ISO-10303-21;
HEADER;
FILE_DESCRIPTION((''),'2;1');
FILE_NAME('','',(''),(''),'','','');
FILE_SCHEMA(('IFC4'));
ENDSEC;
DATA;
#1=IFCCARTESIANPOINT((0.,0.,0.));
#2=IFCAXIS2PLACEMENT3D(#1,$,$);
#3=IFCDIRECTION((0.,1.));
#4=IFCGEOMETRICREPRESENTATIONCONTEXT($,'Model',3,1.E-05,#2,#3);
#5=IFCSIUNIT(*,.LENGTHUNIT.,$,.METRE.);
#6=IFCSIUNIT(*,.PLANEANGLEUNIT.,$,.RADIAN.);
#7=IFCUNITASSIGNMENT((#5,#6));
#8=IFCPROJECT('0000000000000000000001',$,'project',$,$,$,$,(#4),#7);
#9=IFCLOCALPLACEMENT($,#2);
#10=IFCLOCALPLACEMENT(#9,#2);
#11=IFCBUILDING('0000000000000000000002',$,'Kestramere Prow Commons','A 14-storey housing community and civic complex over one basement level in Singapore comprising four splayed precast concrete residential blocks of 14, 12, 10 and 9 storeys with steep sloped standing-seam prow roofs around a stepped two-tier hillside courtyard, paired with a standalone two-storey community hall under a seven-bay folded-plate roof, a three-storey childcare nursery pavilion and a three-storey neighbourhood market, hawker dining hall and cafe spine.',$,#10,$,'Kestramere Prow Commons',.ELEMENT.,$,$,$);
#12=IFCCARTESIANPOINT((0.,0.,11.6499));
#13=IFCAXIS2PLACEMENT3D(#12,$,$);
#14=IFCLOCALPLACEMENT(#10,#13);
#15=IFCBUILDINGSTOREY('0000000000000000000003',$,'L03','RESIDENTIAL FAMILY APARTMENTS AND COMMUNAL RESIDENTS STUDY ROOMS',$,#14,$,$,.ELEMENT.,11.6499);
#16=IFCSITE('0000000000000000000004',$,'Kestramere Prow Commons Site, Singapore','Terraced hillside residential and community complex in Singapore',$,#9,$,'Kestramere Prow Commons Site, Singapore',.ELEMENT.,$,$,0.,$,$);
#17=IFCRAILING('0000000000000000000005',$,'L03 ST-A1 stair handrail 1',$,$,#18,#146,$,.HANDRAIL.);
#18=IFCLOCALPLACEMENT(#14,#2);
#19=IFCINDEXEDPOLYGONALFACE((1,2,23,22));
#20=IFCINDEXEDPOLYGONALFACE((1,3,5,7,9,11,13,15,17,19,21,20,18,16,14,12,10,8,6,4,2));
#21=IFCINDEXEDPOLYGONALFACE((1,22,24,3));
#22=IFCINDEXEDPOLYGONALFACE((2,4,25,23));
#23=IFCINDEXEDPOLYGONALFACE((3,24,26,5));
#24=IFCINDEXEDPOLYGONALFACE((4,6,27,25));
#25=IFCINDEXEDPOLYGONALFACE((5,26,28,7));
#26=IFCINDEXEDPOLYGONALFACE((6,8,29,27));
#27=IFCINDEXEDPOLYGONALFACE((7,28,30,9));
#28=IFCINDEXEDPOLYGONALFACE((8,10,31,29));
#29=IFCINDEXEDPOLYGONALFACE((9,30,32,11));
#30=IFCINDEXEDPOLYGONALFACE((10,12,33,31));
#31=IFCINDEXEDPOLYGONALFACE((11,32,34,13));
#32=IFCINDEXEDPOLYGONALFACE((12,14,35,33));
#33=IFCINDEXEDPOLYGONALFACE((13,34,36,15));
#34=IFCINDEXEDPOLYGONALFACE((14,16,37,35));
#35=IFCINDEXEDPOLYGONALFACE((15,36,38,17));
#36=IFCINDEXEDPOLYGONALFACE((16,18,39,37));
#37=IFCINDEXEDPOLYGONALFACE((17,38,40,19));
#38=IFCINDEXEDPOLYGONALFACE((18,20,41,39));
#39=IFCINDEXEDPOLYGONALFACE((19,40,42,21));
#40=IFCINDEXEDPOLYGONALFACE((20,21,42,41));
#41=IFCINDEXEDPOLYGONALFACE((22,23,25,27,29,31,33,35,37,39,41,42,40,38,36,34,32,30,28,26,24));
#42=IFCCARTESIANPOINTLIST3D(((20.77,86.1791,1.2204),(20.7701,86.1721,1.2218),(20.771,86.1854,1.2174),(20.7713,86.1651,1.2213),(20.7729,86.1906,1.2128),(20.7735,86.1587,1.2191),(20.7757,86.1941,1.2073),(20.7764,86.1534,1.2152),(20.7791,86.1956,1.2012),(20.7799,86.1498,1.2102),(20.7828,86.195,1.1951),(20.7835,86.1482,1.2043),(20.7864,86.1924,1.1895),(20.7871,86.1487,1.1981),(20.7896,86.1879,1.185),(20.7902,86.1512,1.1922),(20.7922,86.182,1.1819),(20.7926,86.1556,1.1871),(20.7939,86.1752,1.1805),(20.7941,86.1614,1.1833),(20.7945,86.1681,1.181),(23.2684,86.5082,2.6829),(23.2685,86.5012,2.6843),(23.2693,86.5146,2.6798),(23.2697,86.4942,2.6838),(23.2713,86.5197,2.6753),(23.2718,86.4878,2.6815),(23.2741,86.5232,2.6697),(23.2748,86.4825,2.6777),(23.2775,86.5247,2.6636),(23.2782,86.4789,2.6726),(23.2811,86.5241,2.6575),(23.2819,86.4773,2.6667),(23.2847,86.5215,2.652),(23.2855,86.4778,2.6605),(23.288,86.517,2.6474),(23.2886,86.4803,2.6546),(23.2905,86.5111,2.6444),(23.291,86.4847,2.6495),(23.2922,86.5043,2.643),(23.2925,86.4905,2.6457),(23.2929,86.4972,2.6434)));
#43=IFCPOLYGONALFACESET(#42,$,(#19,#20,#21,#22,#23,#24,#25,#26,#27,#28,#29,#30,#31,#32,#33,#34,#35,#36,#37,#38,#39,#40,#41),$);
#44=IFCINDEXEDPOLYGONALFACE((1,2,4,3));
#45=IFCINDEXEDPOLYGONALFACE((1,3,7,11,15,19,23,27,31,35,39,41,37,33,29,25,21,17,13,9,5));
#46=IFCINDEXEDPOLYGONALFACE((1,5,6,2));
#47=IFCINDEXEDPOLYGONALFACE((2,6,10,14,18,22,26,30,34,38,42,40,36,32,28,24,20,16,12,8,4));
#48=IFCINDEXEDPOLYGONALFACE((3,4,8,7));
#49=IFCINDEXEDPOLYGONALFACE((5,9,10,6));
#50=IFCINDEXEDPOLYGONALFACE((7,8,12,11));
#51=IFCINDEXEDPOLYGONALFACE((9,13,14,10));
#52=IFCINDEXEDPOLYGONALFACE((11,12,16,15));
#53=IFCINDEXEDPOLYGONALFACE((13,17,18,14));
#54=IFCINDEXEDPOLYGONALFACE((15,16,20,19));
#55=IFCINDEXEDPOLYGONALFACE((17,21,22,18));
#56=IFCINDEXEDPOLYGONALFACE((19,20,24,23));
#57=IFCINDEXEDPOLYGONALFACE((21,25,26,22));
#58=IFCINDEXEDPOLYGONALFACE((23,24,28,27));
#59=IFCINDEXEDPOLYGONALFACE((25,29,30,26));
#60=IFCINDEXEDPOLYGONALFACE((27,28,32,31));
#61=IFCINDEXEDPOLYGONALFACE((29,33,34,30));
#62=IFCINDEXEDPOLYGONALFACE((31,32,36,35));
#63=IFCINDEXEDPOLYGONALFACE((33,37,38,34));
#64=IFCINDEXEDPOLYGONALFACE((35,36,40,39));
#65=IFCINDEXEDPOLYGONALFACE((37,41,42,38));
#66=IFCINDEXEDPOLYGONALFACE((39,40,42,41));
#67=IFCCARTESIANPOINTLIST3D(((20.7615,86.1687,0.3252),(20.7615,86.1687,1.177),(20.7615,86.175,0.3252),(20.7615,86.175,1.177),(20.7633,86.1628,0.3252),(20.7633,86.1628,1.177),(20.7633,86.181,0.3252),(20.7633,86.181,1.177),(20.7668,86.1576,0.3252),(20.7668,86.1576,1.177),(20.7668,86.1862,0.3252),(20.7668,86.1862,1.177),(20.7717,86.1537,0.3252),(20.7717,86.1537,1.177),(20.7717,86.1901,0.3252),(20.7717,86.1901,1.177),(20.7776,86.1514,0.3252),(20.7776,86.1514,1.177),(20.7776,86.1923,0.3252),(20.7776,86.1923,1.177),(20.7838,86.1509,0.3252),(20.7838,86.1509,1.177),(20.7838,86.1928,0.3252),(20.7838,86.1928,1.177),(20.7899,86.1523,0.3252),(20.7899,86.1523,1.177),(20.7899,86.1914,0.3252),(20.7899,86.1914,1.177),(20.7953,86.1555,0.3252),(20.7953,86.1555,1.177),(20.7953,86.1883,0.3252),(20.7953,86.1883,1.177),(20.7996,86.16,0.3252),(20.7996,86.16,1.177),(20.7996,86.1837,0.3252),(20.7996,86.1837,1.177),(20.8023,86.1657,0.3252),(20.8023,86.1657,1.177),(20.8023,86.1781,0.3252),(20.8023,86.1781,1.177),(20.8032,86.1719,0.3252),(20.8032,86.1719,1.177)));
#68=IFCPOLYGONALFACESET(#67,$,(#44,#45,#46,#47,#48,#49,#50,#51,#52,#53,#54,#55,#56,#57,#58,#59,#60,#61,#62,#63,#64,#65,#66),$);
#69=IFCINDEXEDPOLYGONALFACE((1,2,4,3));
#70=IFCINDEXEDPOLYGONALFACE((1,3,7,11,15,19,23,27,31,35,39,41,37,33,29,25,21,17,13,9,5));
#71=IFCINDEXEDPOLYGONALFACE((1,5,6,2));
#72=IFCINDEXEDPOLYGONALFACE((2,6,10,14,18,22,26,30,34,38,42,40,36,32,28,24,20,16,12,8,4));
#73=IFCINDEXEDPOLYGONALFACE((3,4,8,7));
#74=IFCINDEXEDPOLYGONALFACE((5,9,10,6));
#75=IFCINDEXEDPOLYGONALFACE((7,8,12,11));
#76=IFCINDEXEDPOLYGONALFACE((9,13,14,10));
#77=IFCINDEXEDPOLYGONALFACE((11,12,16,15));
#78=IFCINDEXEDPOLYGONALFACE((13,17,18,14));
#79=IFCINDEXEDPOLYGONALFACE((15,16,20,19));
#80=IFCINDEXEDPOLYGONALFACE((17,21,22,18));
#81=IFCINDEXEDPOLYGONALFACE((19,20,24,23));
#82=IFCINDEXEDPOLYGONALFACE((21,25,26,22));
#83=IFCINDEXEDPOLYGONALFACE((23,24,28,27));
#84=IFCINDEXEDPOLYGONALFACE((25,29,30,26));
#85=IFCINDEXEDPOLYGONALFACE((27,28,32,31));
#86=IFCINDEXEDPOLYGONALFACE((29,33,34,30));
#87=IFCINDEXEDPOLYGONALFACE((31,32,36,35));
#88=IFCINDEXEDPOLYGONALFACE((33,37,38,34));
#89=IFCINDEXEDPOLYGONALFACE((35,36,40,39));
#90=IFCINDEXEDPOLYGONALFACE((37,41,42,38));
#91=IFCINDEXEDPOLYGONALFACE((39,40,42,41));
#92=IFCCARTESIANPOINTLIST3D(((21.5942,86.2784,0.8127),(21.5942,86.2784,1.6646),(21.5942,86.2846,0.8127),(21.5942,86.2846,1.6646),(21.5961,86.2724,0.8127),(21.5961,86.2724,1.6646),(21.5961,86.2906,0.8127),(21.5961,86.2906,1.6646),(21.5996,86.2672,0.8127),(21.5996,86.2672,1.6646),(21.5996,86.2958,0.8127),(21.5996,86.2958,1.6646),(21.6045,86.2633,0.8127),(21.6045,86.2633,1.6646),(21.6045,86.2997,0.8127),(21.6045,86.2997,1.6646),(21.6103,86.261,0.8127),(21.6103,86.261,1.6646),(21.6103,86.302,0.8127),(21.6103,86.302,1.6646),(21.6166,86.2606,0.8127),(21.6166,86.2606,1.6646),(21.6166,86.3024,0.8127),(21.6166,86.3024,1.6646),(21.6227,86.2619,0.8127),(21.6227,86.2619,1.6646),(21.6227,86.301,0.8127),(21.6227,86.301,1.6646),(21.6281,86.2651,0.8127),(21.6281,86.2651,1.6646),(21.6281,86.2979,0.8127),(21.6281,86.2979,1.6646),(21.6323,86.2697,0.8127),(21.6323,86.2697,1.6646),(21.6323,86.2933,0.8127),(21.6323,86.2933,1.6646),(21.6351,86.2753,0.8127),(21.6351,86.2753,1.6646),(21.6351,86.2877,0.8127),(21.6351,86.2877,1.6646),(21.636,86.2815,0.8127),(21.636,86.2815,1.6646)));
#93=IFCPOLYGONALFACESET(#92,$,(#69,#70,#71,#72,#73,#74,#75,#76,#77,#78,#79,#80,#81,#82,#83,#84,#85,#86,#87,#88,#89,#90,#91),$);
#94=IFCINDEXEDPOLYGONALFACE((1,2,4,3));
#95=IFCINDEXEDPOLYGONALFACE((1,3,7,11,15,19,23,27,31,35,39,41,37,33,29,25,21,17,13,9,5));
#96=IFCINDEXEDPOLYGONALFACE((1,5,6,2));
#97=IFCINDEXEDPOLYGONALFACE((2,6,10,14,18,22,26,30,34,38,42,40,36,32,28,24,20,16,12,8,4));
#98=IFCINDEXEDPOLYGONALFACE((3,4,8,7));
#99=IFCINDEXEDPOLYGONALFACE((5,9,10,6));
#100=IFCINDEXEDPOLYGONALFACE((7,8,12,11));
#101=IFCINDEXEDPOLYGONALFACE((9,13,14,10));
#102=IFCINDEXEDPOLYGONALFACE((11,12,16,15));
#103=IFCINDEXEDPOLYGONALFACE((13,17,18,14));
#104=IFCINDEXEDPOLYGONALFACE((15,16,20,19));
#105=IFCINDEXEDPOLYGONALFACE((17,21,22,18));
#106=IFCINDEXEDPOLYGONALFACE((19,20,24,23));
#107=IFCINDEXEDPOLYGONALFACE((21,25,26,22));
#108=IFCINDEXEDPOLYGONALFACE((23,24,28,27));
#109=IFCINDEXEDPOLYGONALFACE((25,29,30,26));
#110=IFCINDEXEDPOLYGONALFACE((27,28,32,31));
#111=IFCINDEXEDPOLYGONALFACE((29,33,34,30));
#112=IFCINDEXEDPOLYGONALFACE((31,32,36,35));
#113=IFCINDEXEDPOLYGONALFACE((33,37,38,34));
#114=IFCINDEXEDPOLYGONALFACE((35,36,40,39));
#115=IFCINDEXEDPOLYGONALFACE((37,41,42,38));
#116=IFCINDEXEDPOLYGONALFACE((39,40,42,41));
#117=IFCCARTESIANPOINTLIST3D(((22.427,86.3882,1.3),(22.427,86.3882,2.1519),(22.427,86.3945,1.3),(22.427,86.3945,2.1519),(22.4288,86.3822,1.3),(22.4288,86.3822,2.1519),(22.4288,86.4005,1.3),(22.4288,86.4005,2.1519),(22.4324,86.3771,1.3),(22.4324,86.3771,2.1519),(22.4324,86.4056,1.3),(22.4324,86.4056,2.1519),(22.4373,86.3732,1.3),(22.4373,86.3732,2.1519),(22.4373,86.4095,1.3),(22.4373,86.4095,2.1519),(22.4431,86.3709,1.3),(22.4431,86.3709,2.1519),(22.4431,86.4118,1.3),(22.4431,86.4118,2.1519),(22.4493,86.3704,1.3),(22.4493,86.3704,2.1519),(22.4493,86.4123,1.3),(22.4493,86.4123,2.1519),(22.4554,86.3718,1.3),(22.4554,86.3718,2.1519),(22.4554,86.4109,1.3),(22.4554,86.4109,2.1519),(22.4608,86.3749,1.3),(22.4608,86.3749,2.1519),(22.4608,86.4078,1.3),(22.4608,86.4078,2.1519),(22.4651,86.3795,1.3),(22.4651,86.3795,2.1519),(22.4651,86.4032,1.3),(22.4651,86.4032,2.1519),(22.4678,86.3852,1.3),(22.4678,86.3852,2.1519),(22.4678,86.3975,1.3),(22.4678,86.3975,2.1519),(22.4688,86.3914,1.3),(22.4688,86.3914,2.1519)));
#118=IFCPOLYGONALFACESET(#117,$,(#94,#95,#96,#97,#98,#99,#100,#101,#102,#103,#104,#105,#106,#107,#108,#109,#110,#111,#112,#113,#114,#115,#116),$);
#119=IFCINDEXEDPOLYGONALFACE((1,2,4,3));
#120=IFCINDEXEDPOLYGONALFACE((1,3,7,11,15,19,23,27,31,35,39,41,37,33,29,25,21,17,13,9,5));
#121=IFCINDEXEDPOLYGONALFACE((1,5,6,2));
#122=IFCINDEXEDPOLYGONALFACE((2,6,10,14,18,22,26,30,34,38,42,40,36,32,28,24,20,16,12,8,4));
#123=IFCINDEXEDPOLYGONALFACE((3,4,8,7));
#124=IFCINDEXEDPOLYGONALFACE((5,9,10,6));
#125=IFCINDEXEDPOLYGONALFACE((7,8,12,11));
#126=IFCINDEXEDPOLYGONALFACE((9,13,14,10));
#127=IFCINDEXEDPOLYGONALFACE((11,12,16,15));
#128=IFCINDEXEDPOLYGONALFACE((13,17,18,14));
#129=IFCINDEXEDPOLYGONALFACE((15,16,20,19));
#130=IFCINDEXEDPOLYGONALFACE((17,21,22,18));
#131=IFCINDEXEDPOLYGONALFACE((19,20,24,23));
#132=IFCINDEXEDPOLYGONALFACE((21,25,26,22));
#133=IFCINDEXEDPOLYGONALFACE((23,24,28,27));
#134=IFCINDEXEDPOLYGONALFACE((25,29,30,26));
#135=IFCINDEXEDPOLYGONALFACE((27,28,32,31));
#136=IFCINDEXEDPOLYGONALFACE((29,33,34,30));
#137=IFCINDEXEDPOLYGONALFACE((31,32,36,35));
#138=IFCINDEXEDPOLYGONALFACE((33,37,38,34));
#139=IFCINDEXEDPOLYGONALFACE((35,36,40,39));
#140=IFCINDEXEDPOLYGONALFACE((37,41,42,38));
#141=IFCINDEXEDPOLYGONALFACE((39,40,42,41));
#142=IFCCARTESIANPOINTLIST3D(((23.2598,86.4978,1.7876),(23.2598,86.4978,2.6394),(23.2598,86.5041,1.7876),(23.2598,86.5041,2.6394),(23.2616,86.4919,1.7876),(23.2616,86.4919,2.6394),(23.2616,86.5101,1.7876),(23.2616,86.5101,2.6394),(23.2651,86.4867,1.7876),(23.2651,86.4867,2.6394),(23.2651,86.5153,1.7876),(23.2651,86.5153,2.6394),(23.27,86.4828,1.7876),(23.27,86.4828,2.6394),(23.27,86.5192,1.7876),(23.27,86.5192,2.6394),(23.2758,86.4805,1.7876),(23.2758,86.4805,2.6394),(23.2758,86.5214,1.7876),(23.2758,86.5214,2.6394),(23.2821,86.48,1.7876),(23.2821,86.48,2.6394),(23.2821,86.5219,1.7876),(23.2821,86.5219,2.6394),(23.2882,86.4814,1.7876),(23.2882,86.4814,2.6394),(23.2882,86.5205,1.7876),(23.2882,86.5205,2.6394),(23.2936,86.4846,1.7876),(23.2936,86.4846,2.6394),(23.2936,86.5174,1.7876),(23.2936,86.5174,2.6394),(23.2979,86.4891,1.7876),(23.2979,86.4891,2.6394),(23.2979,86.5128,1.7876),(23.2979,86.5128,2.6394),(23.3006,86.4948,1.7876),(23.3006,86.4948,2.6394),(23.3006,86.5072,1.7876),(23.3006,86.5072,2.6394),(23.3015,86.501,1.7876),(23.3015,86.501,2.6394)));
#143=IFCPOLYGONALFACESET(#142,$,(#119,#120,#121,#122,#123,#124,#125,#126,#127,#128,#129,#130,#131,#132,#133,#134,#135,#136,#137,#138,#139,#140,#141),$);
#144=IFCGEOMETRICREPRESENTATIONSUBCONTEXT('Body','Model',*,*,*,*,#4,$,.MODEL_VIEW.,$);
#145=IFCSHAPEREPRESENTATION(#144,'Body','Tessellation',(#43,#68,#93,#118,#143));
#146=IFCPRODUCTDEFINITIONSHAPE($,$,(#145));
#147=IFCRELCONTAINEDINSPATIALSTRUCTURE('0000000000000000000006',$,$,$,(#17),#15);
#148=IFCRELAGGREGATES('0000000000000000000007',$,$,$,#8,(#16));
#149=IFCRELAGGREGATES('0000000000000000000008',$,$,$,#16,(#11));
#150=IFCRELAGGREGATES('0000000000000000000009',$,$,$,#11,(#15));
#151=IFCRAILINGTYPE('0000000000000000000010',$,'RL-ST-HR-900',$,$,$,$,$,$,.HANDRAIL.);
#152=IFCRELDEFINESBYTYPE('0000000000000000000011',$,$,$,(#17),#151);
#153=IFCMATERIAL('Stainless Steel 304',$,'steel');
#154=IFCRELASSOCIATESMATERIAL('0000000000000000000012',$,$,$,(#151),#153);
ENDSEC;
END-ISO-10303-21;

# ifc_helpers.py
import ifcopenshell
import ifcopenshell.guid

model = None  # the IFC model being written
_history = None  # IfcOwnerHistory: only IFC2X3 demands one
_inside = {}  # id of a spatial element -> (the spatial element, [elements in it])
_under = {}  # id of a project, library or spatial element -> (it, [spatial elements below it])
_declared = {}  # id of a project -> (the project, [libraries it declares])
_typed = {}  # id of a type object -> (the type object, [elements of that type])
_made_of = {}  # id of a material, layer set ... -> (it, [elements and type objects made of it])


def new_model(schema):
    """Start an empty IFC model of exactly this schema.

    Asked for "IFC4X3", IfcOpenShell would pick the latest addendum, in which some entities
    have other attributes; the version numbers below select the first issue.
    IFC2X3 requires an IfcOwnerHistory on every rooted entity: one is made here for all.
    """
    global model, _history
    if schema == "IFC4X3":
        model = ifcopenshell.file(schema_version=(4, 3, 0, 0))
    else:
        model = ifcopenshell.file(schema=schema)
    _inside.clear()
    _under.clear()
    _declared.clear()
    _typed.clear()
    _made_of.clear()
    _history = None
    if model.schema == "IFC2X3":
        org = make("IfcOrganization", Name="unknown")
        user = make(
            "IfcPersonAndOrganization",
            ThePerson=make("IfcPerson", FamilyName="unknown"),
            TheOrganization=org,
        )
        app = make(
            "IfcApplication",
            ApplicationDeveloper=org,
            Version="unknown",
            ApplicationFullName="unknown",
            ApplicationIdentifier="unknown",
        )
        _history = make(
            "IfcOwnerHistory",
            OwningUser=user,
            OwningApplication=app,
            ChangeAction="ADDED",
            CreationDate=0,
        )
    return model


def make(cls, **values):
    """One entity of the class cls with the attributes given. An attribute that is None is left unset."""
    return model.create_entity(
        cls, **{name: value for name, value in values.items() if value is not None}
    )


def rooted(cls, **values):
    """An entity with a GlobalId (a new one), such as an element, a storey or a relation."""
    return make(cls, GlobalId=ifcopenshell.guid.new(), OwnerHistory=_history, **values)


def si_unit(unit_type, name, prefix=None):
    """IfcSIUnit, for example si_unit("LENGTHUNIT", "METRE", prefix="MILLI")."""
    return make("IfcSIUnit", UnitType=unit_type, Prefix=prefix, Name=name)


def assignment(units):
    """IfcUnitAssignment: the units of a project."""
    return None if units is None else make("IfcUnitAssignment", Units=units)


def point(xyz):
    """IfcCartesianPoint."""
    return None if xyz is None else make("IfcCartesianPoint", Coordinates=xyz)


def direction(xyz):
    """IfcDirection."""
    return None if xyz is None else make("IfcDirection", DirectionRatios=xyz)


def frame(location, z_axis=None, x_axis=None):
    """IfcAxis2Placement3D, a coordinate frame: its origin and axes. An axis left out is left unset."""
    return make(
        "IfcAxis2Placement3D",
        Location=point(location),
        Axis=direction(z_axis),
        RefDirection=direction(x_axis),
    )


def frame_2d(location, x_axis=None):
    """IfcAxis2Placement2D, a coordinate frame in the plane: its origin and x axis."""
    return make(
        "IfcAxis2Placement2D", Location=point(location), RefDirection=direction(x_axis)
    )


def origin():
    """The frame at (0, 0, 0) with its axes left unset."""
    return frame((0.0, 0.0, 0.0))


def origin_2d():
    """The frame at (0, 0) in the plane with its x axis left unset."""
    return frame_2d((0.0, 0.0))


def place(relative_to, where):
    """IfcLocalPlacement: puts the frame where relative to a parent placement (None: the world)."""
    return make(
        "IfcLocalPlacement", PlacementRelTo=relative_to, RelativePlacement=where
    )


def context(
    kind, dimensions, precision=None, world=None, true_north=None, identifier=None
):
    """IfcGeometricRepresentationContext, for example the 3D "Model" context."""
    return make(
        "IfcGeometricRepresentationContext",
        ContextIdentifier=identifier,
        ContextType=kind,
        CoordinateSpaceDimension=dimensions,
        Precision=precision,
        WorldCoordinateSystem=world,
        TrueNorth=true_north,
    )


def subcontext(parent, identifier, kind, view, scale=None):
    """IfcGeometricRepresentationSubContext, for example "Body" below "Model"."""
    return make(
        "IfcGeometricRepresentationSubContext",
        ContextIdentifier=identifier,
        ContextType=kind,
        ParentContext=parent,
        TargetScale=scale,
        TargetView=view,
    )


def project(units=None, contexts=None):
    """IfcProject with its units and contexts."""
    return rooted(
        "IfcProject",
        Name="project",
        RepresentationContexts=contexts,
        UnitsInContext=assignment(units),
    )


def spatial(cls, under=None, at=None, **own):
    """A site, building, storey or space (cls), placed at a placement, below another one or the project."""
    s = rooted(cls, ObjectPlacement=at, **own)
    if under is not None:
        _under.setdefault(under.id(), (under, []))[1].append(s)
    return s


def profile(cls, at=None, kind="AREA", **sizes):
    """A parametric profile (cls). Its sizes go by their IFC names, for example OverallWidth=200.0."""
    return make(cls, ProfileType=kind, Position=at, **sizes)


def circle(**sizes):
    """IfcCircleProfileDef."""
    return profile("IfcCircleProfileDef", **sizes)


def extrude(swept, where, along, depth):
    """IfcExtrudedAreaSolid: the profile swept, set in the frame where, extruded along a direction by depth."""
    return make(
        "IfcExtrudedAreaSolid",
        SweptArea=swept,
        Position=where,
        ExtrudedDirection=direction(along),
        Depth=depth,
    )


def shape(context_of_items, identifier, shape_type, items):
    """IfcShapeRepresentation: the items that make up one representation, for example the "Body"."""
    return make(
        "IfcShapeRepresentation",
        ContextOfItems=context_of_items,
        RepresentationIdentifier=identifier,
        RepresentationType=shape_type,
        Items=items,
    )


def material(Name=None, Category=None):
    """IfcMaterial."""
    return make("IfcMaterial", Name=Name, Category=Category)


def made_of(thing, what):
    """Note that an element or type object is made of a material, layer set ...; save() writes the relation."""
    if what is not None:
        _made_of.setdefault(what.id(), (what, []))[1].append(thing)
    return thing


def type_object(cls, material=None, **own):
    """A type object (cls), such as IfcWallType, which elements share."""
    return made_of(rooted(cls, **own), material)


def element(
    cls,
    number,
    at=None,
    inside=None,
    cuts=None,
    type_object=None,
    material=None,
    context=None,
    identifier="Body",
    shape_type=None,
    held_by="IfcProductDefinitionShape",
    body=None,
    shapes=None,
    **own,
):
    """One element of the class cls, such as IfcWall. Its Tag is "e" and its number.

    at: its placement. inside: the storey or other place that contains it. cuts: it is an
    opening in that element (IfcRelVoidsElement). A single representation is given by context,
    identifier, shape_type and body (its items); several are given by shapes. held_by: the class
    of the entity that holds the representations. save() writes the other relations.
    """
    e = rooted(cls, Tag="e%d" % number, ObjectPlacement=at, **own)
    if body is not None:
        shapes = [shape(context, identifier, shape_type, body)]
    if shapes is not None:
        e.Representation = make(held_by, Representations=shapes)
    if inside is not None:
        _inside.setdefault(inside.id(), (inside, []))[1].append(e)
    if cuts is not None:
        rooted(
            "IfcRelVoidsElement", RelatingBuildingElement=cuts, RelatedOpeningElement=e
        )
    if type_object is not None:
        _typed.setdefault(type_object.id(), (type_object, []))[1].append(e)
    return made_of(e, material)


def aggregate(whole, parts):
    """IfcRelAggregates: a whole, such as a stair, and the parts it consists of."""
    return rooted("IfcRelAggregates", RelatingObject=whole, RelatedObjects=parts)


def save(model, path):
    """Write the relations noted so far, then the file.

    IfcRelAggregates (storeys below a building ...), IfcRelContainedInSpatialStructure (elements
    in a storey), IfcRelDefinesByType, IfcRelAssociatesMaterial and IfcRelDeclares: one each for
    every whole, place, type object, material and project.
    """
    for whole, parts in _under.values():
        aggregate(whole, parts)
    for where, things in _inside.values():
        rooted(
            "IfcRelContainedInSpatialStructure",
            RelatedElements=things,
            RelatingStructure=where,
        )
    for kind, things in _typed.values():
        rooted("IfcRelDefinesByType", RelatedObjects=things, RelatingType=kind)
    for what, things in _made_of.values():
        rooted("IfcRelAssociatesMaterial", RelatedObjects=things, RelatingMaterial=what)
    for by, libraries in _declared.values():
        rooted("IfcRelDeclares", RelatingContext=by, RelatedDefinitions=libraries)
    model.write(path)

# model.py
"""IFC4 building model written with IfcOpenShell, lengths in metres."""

from ifc_helpers import new_model, si_unit, direction, frame, origin, origin_2d, place, context, subcontext, project, spatial, circle, extrude, material, type_object, element, save


model = new_model("IFC4")

# Units and contexts
model_context = context("Model", 3, precision=1e-05, world=origin(), true_north=direction((0.0, 1.0)))
body_context = subcontext(model_context, "Body", "Model", "MODEL_VIEW")
ifc_project = project(units=[si_unit("LENGTHUNIT", "METRE"), si_unit("PLANEANGLEUNIT", "RADIAN")], contexts=[model_context])

# Site, building, storey
site_placement = place(None, origin())
site = spatial("IfcSite", under=ifc_project, at=site_placement, Name="Kestramere Prow Commons Site, Singapore", Description="Terraced hillside residential and community complex in Singapore", LongName="Kestramere Prow Commons Site, Singapore", CompositionType="ELEMENT", RefElevation=0.0)
building_placement = place(site_placement, origin())
building = spatial("IfcBuilding", under=site, at=building_placement, Name="Kestramere Prow Commons", Description="A 14-storey housing community and civic complex over one basement level in Singapore comprising four splayed precast concrete residential blocks of 14, 12, 10 and 9 storeys with steep sloped standing-seam prow roofs around a stepped two-tier hillside courtyard, paired with a standalone two-storey community hall under a seven-bay folded-plate roof, a three-storey childcare nursery pavilion and a three-storey neighbourhood market, hawker dining hall and cafe spine.", LongName="Kestramere Prow Commons", CompositionType="ELEMENT")
storey_placement = place(building_placement, frame((0.0, 0.0, 11.6499)))
storey = spatial("IfcBuildingStorey", under=building, at=storey_placement, Name="L03", Description="RESIDENTIAL FAMILY APARTMENTS AND COMMUNAL RESIDENTS STUDY ROOMS", CompositionType="ELEMENT", Elevation=11.6499)

# Railing
ifc_material_1 = material(Name="Stainless Steel 304", Category="steel")
railing_type_1 = type_object("IfcRailingType", Name="RL-ST-HR-900", PredefinedType="HANDRAIL", material=ifc_material_1)
railing_1_placement = place(storey_placement, frame((20.7822, 86.1719, 0.3252)))
element("IfcRailing", 1, at=railing_1_placement, inside=storey, type_object=railing_type_1, Name="L03 ST-A1 stair handrail 1", PredefinedType="HANDRAIL", context=body_context, shape_type="SweptSolid", body=[
    extrude(circle(Radius=0.0239, at=origin_2d()), frame((0.0, 0.0, 0.876), z_axis=(0.857493, 0.112958, 0.501943), x_axis=(-0.130602, 0.991435, 0.0)), (0.0, 0.0, 1.0), 2.9136),
    extrude(circle(Radius=0.021, at=origin_2d()), origin(), (0.0, 0.0, 1.0), 0.8518),
    extrude(circle(Radius=0.021, at=origin_2d()), frame((0.8328, 0.1096, 0.4875)), (0.0, 0.0, 1.0), 0.8518),
    extrude(circle(Radius=0.021, at=origin_2d()), frame((1.6655, 0.2195, 0.9749)), (0.0, 0.0, 1.0), 0.8518),
    extrude(circle(Radius=0.021, at=origin_2d()), frame((2.4983, 0.3291, 1.4624)), (0.0, 0.0, 1.0), 0.8518),
])

save(model, "model.ifc")
